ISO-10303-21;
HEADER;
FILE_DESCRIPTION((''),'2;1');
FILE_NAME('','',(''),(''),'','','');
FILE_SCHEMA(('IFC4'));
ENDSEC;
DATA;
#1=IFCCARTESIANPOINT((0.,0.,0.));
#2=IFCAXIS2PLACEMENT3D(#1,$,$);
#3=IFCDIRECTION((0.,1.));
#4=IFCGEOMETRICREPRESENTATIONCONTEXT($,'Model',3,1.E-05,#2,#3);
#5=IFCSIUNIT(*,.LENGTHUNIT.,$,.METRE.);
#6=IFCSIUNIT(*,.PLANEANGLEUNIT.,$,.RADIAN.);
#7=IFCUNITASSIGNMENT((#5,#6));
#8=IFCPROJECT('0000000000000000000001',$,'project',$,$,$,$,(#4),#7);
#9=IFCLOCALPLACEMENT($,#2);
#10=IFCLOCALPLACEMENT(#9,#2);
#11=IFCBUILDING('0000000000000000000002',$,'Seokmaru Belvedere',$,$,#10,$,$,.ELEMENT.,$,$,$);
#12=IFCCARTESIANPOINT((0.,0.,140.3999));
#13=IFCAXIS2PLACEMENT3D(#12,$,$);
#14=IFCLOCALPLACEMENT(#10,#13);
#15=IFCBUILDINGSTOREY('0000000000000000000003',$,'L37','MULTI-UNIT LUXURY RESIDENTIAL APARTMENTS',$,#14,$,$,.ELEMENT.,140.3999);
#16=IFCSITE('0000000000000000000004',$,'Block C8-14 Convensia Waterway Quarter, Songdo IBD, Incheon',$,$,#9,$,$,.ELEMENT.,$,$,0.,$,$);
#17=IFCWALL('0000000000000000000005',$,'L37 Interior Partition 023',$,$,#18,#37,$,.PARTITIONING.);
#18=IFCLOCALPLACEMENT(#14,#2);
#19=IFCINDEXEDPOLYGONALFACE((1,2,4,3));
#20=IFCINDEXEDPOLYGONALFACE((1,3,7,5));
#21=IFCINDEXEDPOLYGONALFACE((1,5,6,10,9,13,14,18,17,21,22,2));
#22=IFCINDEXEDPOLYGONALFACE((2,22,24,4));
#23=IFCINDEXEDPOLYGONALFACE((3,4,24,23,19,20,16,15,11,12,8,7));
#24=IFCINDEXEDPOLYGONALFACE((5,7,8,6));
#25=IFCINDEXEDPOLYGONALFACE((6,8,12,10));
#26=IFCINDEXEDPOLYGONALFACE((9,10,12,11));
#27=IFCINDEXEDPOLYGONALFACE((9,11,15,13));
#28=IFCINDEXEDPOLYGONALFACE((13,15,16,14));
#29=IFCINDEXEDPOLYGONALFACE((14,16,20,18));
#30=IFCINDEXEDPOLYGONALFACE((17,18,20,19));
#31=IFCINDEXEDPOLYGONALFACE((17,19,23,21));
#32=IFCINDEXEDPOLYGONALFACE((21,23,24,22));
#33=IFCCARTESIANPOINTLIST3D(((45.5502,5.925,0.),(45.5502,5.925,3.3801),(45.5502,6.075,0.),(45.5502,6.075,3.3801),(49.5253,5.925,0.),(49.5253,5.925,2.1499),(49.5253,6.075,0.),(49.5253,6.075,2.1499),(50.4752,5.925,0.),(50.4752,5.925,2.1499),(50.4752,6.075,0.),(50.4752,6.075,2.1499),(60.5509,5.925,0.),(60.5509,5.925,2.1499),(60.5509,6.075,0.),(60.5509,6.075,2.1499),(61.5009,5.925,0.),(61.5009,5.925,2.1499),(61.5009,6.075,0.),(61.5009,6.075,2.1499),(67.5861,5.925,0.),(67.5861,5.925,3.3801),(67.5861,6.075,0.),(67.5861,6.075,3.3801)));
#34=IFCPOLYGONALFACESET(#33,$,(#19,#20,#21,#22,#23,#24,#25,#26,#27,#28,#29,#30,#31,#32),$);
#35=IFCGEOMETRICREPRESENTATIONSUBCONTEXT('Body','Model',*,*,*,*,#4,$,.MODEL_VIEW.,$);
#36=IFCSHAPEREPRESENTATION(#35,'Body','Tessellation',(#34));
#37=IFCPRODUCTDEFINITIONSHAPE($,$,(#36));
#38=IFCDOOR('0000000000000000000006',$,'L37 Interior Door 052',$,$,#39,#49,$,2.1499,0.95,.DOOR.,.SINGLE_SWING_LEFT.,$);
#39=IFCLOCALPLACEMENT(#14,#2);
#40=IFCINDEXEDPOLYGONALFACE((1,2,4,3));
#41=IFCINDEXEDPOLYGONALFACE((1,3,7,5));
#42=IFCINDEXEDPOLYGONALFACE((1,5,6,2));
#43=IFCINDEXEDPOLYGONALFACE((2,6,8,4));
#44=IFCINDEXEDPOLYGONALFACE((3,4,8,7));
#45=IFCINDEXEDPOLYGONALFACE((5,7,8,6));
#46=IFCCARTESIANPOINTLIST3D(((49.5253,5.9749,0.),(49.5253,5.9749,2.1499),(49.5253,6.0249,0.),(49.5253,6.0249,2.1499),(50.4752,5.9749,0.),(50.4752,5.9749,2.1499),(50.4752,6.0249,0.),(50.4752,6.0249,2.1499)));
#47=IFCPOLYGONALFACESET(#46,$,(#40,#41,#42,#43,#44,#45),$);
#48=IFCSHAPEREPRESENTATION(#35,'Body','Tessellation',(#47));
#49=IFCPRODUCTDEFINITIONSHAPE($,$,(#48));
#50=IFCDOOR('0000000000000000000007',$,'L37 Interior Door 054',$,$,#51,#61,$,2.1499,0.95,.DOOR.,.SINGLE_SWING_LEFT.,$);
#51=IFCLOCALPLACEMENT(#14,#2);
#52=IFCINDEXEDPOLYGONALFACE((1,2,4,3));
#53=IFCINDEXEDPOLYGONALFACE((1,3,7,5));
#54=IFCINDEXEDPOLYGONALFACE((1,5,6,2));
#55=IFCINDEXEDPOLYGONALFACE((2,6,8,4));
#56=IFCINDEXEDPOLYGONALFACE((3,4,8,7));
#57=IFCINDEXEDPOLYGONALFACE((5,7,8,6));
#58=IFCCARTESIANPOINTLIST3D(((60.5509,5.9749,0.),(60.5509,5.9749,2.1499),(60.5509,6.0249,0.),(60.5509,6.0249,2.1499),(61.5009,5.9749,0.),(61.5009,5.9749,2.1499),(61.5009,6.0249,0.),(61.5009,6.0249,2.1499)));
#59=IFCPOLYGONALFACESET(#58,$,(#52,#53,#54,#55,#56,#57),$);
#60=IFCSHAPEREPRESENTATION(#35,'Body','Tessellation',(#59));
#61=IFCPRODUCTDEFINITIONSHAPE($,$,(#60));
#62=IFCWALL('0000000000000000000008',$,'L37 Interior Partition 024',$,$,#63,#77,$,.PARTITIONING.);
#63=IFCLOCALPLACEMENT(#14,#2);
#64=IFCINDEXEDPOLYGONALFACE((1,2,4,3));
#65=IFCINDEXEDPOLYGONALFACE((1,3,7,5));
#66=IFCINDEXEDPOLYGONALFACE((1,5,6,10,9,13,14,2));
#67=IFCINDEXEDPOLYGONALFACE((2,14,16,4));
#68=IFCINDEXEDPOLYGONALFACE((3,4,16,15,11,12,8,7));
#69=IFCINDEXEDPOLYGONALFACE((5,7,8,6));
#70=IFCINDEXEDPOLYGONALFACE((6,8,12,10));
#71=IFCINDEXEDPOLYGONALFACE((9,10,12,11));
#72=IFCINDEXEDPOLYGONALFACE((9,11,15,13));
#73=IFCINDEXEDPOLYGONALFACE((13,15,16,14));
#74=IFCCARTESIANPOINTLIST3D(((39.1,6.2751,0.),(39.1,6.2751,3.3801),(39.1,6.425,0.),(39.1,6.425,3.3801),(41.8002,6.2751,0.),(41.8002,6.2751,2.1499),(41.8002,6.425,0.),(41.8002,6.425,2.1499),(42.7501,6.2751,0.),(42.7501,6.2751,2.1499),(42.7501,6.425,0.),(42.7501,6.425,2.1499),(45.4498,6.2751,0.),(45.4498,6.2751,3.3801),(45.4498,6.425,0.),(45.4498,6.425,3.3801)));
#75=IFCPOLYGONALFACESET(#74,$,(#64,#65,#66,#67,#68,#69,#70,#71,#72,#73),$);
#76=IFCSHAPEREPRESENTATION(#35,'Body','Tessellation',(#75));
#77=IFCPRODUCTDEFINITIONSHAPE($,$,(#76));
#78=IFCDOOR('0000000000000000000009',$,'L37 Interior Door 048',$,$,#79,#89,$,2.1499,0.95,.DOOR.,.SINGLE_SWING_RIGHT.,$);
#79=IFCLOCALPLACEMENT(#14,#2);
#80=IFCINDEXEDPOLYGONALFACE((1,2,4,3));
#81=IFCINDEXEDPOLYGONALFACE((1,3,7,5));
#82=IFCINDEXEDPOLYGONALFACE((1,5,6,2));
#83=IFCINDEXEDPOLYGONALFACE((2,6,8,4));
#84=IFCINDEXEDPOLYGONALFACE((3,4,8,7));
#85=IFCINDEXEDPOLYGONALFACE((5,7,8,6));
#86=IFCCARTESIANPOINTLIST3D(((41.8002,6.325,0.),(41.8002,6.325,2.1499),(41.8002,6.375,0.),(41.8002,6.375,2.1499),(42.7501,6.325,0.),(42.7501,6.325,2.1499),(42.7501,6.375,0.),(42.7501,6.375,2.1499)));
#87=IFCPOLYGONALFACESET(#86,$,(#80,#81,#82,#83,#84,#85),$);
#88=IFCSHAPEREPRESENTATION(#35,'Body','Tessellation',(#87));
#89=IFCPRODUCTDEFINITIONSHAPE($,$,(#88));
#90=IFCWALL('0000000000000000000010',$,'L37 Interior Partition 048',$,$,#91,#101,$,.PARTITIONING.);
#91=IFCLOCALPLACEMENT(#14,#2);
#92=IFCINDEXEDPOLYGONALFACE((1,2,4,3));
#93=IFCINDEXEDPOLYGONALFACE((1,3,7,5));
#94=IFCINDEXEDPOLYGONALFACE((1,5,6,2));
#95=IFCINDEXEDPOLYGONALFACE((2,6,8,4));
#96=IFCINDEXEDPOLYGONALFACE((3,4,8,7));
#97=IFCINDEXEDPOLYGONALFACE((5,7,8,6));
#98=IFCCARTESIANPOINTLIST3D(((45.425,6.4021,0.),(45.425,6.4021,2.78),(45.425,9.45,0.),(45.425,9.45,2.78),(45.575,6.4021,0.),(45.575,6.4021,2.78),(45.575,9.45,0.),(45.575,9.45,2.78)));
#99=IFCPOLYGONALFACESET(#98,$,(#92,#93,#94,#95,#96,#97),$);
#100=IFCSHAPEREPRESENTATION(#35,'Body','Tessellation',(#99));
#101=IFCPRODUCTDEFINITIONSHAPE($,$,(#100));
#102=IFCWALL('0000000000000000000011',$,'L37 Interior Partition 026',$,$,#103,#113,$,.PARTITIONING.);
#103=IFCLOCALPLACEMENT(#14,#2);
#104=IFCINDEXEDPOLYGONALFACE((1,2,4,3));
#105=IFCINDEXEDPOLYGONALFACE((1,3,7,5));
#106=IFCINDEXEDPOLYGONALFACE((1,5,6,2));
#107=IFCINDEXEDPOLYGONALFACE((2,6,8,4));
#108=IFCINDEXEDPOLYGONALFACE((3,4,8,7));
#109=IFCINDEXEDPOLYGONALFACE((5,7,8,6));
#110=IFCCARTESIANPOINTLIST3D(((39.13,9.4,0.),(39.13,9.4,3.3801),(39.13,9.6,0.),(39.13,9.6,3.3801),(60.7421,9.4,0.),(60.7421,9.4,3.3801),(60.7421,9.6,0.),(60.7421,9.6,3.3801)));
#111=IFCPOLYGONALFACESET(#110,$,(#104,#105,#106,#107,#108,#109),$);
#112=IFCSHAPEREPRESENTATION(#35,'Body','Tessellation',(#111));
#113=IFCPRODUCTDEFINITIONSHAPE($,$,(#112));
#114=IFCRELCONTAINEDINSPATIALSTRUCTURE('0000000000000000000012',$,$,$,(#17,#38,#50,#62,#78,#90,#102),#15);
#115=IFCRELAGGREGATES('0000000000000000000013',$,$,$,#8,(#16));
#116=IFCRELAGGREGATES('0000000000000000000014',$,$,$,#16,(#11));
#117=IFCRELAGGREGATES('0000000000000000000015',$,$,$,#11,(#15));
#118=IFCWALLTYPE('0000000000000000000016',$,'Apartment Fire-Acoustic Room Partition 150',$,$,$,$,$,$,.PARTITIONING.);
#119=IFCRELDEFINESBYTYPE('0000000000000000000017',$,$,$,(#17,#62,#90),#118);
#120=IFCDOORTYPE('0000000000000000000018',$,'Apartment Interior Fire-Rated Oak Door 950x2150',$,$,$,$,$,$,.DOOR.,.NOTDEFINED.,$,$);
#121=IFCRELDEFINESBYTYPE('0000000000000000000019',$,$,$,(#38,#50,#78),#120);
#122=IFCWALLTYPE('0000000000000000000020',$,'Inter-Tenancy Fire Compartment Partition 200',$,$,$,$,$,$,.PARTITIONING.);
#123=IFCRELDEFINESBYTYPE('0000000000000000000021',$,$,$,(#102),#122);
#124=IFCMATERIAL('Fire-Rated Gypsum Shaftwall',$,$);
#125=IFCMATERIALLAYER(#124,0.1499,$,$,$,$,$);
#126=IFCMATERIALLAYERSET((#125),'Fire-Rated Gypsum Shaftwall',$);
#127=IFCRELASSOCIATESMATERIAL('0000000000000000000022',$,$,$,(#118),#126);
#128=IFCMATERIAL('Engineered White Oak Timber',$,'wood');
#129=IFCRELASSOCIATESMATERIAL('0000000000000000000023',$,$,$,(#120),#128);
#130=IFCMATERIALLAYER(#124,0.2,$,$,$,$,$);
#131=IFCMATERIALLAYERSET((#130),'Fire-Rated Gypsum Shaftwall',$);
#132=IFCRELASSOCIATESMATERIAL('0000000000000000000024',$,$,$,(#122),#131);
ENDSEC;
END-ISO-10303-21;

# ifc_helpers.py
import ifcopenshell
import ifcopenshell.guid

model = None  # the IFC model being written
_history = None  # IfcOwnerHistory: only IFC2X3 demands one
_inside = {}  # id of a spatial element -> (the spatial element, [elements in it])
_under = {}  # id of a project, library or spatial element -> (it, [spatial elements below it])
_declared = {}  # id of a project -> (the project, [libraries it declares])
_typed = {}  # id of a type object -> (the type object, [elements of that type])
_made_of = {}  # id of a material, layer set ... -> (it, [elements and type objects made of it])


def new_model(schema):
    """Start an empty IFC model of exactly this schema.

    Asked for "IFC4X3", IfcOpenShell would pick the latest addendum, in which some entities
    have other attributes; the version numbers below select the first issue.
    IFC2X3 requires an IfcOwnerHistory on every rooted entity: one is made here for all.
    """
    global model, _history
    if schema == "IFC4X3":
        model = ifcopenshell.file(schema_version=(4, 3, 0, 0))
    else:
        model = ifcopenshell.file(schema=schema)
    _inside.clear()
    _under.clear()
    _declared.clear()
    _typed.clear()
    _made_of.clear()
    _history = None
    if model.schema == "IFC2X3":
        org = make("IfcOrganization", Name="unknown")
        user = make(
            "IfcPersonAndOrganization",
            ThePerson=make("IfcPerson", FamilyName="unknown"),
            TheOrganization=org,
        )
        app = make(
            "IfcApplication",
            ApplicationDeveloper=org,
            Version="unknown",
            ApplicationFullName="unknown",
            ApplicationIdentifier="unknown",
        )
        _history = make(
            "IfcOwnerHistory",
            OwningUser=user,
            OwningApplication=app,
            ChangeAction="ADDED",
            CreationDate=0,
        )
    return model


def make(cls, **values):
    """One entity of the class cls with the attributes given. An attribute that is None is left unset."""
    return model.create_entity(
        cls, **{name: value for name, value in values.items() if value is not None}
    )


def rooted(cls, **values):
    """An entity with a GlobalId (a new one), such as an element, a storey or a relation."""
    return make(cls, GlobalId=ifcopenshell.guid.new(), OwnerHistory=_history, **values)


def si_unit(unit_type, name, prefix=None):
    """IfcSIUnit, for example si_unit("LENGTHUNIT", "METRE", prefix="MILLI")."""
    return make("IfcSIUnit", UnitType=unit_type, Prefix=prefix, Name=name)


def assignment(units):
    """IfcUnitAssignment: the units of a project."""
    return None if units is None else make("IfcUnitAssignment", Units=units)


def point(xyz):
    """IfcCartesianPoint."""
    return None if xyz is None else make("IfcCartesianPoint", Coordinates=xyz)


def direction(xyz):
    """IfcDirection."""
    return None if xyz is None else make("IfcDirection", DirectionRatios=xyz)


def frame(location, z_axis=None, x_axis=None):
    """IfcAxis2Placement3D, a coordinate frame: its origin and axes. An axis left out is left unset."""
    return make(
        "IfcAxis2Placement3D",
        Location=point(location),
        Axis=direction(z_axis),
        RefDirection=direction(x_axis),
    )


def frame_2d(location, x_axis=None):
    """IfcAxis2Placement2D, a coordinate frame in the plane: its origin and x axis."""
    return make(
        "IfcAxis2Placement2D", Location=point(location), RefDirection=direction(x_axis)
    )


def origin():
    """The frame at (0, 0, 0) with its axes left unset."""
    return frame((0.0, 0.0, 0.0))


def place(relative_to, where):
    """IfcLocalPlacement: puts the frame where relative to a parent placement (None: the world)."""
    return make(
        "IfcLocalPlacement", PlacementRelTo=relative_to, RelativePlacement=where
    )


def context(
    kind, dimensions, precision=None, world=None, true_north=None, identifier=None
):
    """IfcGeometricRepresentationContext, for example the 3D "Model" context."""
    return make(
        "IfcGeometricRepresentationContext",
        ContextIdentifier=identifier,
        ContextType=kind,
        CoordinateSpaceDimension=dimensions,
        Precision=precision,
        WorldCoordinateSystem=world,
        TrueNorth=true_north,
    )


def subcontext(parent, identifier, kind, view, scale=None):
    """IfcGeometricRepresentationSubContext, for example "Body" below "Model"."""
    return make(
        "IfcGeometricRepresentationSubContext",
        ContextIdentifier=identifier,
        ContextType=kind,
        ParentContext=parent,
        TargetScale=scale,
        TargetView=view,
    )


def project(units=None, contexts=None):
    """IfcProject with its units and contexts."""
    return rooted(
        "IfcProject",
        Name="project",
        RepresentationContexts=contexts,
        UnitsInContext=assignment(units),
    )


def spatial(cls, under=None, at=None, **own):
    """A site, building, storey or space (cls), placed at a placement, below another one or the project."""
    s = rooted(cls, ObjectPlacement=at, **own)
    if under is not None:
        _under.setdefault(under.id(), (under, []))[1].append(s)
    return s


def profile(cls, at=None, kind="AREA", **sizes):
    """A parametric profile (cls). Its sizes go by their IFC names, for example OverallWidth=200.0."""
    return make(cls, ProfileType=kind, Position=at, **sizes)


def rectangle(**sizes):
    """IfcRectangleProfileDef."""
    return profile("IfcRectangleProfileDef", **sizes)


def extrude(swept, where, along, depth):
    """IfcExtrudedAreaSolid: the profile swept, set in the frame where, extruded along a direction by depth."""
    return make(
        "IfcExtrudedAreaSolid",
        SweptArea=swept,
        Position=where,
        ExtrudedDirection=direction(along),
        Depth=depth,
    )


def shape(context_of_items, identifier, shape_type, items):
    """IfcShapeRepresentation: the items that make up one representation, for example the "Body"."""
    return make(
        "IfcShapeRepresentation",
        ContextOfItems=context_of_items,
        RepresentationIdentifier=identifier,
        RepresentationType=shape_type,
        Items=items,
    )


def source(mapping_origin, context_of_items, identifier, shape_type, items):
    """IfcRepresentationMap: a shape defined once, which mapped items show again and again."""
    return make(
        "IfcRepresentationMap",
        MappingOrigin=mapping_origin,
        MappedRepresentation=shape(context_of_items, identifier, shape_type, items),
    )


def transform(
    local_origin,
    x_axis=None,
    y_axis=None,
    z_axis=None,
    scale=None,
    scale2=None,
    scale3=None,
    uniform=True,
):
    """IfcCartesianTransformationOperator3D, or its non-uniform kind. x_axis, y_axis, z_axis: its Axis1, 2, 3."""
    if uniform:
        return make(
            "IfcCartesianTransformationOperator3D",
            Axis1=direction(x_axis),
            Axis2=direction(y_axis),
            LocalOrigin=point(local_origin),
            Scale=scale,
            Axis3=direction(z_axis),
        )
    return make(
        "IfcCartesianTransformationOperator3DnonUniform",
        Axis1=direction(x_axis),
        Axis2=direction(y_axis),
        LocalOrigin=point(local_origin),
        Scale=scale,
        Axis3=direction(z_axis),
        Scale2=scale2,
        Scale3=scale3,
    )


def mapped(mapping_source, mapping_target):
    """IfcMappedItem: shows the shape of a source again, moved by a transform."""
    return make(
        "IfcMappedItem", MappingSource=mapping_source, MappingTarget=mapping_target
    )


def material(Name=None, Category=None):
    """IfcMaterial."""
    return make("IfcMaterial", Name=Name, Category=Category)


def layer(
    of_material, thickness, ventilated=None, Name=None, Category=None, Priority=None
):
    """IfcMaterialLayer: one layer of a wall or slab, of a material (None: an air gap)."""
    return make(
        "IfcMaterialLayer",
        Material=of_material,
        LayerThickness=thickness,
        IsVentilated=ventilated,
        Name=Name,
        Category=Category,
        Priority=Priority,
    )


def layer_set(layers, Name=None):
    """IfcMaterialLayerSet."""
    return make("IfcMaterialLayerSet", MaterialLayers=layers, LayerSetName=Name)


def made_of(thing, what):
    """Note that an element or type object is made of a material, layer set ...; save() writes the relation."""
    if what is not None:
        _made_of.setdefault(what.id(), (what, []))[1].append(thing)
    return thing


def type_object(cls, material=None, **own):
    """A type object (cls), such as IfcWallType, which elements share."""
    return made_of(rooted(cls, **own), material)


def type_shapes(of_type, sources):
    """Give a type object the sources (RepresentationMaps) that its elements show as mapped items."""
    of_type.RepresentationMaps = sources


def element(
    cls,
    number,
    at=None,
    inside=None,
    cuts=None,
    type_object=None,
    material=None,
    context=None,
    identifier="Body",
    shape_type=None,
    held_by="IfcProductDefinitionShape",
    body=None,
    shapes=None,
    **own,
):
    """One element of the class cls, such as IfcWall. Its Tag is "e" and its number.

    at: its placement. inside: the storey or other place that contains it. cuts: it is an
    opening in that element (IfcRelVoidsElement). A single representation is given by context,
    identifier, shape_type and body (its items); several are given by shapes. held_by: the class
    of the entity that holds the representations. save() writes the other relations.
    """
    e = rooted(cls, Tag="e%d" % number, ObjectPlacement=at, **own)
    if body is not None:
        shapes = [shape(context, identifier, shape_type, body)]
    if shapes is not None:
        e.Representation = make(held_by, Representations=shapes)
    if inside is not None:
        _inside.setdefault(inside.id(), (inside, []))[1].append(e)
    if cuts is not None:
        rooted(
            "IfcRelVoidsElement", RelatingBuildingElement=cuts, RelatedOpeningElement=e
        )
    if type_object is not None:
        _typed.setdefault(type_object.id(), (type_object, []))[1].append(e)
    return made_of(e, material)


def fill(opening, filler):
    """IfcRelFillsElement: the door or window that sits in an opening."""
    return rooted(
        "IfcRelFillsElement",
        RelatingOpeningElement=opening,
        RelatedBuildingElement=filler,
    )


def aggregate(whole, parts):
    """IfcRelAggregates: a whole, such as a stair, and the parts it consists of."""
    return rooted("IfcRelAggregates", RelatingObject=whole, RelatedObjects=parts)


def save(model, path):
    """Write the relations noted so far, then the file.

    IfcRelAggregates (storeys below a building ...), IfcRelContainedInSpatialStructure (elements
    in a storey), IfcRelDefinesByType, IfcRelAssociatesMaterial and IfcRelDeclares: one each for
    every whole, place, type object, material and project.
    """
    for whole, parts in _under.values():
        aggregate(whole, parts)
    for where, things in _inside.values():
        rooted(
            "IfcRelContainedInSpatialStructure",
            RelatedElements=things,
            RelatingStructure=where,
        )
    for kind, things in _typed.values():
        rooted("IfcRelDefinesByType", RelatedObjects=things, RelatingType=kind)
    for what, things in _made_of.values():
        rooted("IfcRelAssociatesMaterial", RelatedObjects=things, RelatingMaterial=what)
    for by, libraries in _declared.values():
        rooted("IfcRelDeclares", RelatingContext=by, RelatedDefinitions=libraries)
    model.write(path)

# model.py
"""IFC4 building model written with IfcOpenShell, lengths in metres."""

from ifc_helpers import new_model, si_unit, direction, frame, frame_2d, origin, place, context, subcontext, project, spatial, rectangle, extrude, source, transform, mapped, material, layer, layer_set, type_object, type_shapes, element, fill, save


model = new_model("IFC4")

# Units and contexts
model_context = context("Model", 3, precision=1e-05, world=origin(), true_north=direction((0.0, 1.0)))
body_context = subcontext(model_context, "Body", "Model", "MODEL_VIEW")
ifc_project = project(units=[si_unit("LENGTHUNIT", "METRE"), si_unit("PLANEANGLEUNIT", "RADIAN")], contexts=[model_context])

# Site, building, storey
site_placement = place(None, origin())
site = spatial("IfcSite", under=ifc_project, at=site_placement, Name="Block C8-14 Convensia Waterway Quarter, Songdo IBD, Incheon", CompositionType="ELEMENT", RefElevation=0.0)
building_placement = place(site_placement, origin())
building = spatial("IfcBuilding", under=site, at=building_placement, Name="Seokmaru Belvedere", CompositionType="ELEMENT")
storey_placement = place(building_placement, frame((0.0, 0.0, 140.3999)))
storey = spatial("IfcBuildingStorey", under=building, at=storey_placement, Name="L37", Description="MULTI-UNIT LUXURY RESIDENTIAL APARTMENTS", CompositionType="ELEMENT", Elevation=140.3999)

# Wall, openings, doors
ifc_material_1 = material(Name="Fire-Rated Gypsum Shaftwall")
ifc_layer_1 = layer(ifc_material_1, 0.1499)
ifc_layer_set_1 = layer_set([ifc_layer_1], Name="Fire-Rated Gypsum Shaftwall")
wall_type_1 = type_object("IfcWallType", Name="Apartment Fire-Acoustic Room Partition 150", PredefinedType="PARTITIONING", material=ifc_layer_set_1)
wall_1_placement = place(storey_placement, frame((45.55, 6.0, 0.0), z_axis=(0.0, 0.0, 1.0), x_axis=(1.0, 0.0, 0.0)))
wall_1 = element("IfcWall", 1, at=wall_1_placement, inside=storey, type_object=wall_type_1, Name="L37 Interior Partition 023", PredefinedType="PARTITIONING", context=body_context, shape_type="SweptSolid", body=[
    extrude(rectangle(XDim=22.0359, YDim=0.1499, at=frame_2d((11.0181, 0.0))), origin(), (0.0, 0.0, 1.0), 3.3801),
])
opening_1_placement = place(wall_1_placement, frame((3.9751, 0.0, 0.0)))
opening_1 = element("IfcOpeningElement", 2, at=opening_1_placement, cuts=wall_1, PredefinedType="OPENING", context=body_context, shape_type="SweptSolid", body=[
    extrude(rectangle(XDim=0.95, YDim=2.1499, at=frame_2d((0.4751, 1.075))), frame((0.0, 0.085, 0.0), z_axis=(0.0, -1.0, 0.0), x_axis=(1.0, 0.0, 0.0)), (0.0, 0.0, 1.0), 0.1699),
])
opening_2_placement = place(wall_1_placement, frame((15.0007, 0.0, 0.0)))
opening_2 = element("IfcOpeningElement", 3, at=opening_2_placement, cuts=wall_1, PredefinedType="OPENING", context=body_context, shape_type="SweptSolid", body=[
    extrude(rectangle(XDim=0.95, YDim=2.1499, at=frame_2d((0.4751, 1.075))), frame((0.0, 0.085, 0.0), z_axis=(0.0, -1.0, 0.0), x_axis=(1.0, 0.0, 0.0)), (0.0, 0.0, 1.0), 0.1699),
])
ifc_material_2 = material(Name="Engineered White Oak Timber", Category="wood")
door_type_1 = type_object("IfcDoorType", Name="Apartment Interior Fire-Rated Oak Door 950x2150", OperationType="NOTDEFINED", PredefinedType="DOOR", material=ifc_material_2)
shared_shape_1 = source(origin(), body_context, "Body", "SweptSolid", [
    extrude(rectangle(XDim=0.95, YDim=2.1499, at=frame_2d((0.4751, 1.075))), frame((0.0, 0.0249, 0.0), z_axis=(0.0, -1.0, 0.0), x_axis=(1.0, 0.0, 0.0)), (0.0, 0.0, 1.0), 0.05),
])
type_shapes(door_type_1, [shared_shape_1])
door_1_placement = place(opening_1_placement, origin())
door_1 = element("IfcDoor", 4, at=door_1_placement, inside=storey, type_object=door_type_1, Name="L37 Interior Door 052", OperationType="SINGLE_SWING_LEFT", OverallHeight=2.1499, OverallWidth=0.95, PredefinedType="DOOR", context=body_context, shape_type="MappedRepresentation", body=[
    mapped(shared_shape_1, transform((0.0, 0.0, 0.0), scale=1.0)),
])
fill(opening_1, door_1)
door_2_placement = place(opening_2_placement, origin())
door_2 = element("IfcDoor", 5, at=door_2_placement, inside=storey, type_object=door_type_1, Name="L37 Interior Door 054", OperationType="SINGLE_SWING_LEFT", OverallHeight=2.1499, OverallWidth=0.95, PredefinedType="DOOR", context=body_context, shape_type="MappedRepresentation", body=[
    mapped(shared_shape_1, transform((0.0, 0.0, 0.0), scale=1.0)),
])
fill(opening_2, door_2)

# Wall, opening, door
wall_2_placement = place(storey_placement, frame((39.1001, 6.3501, 0.0), z_axis=(0.0, 0.0, 1.0), x_axis=(1.0, 0.0, 0.0)))
wall_2 = element("IfcWall", 6, at=wall_2_placement, inside=storey, type_object=wall_type_1, Name="L37 Interior Partition 024", PredefinedType="PARTITIONING", context=body_context, shape_type="SweptSolid", body=[
    extrude(rectangle(XDim=6.3499, YDim=0.1499, at=frame_2d((3.1748, 0.0))), origin(), (0.0, 0.0, 1.0), 3.3801),
])
opening_3_placement = place(wall_2_placement, frame((2.7, 0.0, 0.0)))
opening_3 = element("IfcOpeningElement", 7, at=opening_3_placement, cuts=wall_2, PredefinedType="OPENING", context=body_context, shape_type="SweptSolid", body=[
    extrude(rectangle(XDim=0.95, YDim=2.1499, at=frame_2d((0.4751, 1.075))), frame((0.0, 0.085, 0.0), z_axis=(0.0, -1.0, 0.0), x_axis=(1.0, 0.0, 0.0)), (0.0, 0.0, 1.0), 0.1699),
])
door_3_placement = place(opening_3_placement, origin())
door_3 = element("IfcDoor", 8, at=door_3_placement, inside=storey, type_object=door_type_1, Name="L37 Interior Door 048", OperationType="SINGLE_SWING_RIGHT", OverallHeight=2.1499, OverallWidth=0.95, PredefinedType="DOOR", context=body_context, shape_type="MappedRepresentation", body=[
    mapped(shared_shape_1, transform((0.0, 0.0, 0.0), scale=1.0)),
])
fill(opening_3, door_3)

# Walls
wall_3_placement = place(storey_placement, frame((45.5, 6.4021, 0.0), z_axis=(0.0, 0.0, 1.0), x_axis=(0.0, 1.0, 0.0)))
element("IfcWall", 9, at=wall_3_placement, inside=storey, type_object=wall_type_1, Name="L37 Interior Partition 048", PredefinedType="PARTITIONING", context=body_context, shape_type="SweptSolid", body=[
    extrude(rectangle(XDim=3.0479, YDim=0.1499, at=frame_2d((1.5239, 0.0))), origin(), (0.0, 0.0, 1.0), 2.78),
])
ifc_layer_2 = layer(ifc_material_1, 0.2)
ifc_layer_set_2 = layer_set([ifc_layer_2], Name="Fire-Rated Gypsum Shaftwall")
wall_type_2 = type_object("IfcWallType", Name="Inter-Tenancy Fire Compartment Partition 200", PredefinedType="PARTITIONING", material=ifc_layer_set_2)
wall_4_placement = place(storey_placement, frame((39.1299, 9.5, 0.0), z_axis=(0.0, 0.0, 1.0), x_axis=(1.0, 0.0, 0.0)))
element("IfcWall", 10, at=wall_4_placement, inside=storey, type_object=wall_type_2, Name="L37 Interior Partition 026", PredefinedType="PARTITIONING", context=body_context, shape_type="SweptSolid", body=[
    extrude(rectangle(XDim=21.6121, YDim=0.2, at=frame_2d((10.8062, 0.0))), origin(), (0.0, 0.0, 1.0), 3.3801),
])

save(model, "model.ifc")
